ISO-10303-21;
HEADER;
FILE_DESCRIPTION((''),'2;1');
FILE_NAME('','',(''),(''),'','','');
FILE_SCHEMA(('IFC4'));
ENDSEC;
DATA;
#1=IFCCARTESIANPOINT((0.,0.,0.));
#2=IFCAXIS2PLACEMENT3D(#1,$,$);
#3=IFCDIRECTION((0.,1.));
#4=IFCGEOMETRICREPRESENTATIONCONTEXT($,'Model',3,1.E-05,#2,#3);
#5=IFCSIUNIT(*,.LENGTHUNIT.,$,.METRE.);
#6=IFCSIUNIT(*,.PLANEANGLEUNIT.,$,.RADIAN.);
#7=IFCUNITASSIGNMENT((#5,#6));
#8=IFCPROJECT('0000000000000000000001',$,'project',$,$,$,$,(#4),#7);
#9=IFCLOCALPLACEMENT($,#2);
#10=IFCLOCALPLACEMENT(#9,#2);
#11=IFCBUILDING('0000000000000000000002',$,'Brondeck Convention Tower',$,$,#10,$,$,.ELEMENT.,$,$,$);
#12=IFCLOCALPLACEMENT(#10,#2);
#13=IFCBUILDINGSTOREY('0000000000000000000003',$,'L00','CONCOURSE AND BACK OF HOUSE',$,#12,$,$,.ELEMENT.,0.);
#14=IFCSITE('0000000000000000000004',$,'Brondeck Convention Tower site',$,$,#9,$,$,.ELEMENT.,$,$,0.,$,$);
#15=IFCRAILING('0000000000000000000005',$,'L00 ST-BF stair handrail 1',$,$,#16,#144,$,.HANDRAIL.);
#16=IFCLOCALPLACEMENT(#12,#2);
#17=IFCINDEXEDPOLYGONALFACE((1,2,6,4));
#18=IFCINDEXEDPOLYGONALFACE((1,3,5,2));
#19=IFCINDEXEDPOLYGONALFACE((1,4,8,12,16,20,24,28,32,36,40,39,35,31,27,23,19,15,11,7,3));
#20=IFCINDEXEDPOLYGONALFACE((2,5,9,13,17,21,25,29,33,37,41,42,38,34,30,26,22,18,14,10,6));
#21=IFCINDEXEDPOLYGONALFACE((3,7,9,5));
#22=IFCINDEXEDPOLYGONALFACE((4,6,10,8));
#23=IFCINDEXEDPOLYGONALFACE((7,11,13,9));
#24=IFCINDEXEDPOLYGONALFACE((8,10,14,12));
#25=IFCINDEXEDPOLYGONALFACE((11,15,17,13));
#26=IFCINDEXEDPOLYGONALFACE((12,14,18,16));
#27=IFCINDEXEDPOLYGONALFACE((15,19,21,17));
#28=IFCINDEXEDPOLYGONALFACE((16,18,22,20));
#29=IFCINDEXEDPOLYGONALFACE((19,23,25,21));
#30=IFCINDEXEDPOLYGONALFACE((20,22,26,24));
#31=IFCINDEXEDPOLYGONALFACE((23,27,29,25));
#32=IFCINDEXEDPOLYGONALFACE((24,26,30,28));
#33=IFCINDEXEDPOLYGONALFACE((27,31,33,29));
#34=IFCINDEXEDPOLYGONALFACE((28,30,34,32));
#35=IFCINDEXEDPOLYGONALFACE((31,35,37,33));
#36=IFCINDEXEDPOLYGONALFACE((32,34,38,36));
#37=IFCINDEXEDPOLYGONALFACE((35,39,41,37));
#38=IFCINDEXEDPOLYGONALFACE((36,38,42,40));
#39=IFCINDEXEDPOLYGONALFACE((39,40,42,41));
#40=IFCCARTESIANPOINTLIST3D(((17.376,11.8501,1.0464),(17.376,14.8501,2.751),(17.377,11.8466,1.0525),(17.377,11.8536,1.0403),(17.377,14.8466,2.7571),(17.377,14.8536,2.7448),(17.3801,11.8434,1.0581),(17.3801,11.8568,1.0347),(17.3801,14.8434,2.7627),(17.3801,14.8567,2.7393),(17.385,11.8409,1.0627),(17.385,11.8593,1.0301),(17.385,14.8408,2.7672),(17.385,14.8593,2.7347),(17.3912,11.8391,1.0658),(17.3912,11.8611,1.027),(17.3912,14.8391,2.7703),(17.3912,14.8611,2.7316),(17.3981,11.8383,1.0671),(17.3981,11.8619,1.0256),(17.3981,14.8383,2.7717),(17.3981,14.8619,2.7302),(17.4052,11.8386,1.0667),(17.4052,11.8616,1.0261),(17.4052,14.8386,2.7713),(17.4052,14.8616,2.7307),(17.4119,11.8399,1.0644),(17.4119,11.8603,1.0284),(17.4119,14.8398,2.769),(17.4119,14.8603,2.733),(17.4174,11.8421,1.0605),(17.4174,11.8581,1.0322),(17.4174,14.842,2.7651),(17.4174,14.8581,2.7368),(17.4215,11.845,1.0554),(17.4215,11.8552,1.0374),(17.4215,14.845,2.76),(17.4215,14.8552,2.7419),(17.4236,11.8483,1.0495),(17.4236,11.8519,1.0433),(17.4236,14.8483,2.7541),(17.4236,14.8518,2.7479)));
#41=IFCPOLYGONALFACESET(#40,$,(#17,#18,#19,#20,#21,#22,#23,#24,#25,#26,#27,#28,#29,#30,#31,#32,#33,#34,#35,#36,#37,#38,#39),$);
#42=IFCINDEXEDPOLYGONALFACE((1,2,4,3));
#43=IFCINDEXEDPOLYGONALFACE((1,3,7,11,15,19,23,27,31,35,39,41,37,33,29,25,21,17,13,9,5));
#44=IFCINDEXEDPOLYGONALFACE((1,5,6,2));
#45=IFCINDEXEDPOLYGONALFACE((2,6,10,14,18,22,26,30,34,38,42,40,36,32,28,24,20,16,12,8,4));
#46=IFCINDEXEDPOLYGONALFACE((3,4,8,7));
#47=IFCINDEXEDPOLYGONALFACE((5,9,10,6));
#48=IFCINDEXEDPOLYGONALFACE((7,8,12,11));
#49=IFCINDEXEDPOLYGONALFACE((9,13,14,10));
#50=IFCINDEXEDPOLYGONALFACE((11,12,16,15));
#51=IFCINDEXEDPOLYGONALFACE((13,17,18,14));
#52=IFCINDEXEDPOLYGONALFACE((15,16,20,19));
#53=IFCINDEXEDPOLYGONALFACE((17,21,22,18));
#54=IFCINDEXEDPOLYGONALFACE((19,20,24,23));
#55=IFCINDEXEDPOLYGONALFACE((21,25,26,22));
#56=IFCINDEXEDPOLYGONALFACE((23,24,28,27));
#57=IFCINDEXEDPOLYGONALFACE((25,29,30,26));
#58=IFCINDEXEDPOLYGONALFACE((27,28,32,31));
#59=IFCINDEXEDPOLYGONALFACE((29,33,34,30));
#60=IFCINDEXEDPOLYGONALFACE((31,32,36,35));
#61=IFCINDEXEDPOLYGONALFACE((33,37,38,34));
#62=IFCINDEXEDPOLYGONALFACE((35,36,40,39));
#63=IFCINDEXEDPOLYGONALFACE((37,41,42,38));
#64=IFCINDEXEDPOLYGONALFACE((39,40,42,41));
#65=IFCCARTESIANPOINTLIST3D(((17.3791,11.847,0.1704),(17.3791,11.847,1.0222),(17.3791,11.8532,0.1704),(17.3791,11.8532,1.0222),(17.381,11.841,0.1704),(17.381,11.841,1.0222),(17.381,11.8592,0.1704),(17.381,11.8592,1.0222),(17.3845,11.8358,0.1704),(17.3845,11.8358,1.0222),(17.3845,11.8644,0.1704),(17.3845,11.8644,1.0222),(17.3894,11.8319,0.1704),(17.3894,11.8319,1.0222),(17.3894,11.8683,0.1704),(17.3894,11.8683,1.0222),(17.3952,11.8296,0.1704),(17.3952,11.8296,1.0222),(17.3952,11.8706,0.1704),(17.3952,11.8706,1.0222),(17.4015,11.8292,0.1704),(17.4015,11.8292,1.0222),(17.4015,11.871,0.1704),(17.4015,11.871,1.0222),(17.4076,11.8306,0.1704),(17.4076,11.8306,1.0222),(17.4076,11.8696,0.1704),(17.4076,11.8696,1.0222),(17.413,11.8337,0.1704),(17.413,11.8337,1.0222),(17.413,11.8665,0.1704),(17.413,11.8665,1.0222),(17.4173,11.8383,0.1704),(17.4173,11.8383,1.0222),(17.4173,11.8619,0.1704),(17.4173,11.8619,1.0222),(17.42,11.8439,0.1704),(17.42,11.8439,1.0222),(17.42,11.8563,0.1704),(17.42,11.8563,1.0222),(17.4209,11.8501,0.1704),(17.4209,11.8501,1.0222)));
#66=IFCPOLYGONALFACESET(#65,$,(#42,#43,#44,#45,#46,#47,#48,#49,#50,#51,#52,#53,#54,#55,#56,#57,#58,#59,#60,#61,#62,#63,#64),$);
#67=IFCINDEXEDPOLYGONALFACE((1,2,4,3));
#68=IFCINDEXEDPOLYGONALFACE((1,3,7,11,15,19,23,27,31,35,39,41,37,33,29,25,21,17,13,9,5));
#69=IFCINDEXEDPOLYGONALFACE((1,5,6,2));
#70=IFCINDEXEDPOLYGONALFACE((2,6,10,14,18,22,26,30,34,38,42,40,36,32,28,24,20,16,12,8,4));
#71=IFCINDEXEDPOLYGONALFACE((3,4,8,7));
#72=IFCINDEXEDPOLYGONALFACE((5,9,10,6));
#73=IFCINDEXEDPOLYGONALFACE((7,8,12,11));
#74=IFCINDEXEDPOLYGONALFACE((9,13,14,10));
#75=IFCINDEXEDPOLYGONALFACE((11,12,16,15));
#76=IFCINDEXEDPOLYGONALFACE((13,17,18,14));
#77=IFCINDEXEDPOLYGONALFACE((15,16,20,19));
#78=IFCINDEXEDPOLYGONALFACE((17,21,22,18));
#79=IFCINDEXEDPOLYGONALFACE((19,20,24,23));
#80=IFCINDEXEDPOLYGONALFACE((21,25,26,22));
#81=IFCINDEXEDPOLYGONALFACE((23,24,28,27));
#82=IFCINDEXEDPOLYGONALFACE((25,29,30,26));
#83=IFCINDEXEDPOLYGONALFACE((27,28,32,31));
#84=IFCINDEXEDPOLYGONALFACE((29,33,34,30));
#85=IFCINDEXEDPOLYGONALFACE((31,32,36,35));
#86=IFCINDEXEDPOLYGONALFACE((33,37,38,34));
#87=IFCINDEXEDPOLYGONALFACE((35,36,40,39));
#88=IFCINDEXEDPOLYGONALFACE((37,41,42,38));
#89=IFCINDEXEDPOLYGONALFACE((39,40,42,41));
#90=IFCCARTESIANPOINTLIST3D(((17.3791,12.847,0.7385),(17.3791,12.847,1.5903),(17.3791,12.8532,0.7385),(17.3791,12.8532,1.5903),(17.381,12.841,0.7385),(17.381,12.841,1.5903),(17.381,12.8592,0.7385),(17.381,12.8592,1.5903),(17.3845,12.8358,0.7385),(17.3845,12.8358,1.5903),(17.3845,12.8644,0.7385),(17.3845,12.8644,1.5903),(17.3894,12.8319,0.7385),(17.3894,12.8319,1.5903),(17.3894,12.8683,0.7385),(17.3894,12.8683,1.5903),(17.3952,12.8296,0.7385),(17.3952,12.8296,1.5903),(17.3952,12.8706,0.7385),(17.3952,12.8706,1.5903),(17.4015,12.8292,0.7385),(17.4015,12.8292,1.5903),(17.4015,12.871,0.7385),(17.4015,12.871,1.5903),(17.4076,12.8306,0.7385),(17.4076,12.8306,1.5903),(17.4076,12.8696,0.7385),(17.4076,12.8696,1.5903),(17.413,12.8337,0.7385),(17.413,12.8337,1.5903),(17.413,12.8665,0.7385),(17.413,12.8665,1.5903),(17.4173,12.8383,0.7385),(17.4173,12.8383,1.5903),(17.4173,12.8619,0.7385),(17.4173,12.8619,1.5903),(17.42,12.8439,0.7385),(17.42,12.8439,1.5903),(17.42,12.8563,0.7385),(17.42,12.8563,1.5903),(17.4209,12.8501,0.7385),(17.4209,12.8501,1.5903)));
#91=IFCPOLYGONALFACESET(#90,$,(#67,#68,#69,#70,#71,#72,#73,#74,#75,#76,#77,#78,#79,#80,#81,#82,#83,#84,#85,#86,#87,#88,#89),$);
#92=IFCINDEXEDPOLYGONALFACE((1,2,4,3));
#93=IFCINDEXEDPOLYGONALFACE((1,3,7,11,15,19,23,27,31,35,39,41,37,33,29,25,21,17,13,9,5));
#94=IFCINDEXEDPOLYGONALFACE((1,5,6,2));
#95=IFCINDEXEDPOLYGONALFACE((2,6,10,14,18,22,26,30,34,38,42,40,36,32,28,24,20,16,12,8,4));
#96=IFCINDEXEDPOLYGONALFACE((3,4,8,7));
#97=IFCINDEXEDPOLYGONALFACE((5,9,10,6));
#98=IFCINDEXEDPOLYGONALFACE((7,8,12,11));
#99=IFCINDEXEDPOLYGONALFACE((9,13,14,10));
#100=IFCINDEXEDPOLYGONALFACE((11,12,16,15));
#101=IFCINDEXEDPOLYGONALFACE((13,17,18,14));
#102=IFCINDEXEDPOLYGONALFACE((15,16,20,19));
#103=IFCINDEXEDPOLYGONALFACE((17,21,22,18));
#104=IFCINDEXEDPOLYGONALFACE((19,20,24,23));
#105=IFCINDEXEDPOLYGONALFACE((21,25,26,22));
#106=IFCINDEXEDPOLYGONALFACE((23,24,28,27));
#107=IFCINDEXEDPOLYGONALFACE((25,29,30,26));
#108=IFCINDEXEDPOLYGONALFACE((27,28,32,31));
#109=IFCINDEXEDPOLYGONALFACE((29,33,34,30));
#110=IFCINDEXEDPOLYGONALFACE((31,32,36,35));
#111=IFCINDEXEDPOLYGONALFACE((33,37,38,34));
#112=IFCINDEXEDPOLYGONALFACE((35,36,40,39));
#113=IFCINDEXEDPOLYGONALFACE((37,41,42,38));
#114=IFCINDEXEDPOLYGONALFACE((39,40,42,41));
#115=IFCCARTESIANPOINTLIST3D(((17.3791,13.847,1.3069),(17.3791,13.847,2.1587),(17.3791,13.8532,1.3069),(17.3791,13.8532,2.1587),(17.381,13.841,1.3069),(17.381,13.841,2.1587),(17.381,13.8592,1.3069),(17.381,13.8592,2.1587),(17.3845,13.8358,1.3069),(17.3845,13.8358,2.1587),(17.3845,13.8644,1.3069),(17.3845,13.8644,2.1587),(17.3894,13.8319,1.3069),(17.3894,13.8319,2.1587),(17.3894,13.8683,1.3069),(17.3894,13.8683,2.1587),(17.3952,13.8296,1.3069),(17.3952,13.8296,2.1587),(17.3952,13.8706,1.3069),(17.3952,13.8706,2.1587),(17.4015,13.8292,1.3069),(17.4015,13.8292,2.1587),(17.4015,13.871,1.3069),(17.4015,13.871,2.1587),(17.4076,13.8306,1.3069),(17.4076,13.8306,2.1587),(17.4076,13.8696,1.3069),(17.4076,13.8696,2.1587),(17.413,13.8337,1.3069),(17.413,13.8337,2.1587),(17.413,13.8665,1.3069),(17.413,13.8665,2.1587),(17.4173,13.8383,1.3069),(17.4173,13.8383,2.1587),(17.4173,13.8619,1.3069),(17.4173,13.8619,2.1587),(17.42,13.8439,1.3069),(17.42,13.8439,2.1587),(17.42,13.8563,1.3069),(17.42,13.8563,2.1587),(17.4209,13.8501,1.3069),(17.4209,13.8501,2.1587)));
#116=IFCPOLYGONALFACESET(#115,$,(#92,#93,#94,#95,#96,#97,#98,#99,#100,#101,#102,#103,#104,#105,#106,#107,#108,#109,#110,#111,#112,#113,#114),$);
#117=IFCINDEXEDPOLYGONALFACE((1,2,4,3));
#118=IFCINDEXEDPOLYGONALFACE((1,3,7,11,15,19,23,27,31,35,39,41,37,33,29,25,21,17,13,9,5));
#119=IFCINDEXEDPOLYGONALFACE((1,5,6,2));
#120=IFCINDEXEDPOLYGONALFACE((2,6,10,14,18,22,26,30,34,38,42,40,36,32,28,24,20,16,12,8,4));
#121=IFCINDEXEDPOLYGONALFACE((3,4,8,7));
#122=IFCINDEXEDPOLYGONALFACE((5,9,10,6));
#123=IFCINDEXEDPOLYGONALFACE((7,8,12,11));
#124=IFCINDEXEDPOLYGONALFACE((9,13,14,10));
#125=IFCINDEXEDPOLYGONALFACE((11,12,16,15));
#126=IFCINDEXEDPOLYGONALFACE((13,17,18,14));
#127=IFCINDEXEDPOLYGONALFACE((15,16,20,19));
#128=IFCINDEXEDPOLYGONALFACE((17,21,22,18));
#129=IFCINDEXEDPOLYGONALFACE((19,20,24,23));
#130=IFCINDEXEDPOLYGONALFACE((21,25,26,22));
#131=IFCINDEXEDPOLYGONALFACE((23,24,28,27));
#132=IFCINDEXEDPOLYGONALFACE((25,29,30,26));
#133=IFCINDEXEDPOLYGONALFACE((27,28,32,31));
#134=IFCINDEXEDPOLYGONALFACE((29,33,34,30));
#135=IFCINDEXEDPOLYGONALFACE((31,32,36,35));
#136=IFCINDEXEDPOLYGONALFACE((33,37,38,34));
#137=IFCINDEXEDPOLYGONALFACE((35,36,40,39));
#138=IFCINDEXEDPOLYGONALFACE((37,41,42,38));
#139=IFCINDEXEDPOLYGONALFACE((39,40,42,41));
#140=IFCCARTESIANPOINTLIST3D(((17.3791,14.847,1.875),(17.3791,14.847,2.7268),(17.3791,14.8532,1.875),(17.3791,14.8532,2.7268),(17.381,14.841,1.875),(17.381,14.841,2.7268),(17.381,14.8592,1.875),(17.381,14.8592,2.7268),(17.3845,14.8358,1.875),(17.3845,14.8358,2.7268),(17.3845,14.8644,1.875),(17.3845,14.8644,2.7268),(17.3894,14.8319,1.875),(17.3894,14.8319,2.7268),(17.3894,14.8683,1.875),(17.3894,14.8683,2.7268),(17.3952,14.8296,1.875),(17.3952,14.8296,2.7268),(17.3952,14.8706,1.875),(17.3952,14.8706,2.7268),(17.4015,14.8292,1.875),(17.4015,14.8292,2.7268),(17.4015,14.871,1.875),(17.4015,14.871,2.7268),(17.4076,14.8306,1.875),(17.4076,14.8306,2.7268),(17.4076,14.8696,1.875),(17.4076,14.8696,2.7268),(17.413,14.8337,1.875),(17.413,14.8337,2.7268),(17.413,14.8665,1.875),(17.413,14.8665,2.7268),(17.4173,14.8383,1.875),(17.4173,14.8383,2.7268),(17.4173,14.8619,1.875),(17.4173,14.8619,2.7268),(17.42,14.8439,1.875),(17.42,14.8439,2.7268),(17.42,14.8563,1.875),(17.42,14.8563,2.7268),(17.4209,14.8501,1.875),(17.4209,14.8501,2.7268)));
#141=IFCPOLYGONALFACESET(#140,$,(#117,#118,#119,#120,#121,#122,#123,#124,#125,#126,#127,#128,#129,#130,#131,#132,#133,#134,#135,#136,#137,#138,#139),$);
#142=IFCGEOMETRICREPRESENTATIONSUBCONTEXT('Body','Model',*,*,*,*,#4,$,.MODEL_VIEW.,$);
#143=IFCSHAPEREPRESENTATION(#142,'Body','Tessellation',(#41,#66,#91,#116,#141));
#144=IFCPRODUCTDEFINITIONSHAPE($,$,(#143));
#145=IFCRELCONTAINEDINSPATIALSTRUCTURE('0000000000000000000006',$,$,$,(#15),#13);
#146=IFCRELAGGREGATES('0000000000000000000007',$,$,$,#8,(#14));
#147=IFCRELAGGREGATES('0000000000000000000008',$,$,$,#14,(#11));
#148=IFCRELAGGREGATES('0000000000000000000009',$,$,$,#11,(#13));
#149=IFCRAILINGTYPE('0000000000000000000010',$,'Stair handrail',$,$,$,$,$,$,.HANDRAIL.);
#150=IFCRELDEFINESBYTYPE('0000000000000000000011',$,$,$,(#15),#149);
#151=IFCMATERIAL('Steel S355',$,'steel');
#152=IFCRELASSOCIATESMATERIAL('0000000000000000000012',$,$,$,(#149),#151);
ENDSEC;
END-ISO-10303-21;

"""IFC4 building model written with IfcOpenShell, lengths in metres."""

from ifc_helpers import new_model, si_unit, direction, frame, origin, origin_2d, place, context, subcontext, project, spatial, circle, extrude, material, type_object, element, save


model = new_model("IFC4")

# Units and contexts
model_context = context("Model", 3, precision=1e-05, world=origin(), true_north=direction((0.0, 1.0)))
body_context = subcontext(model_context, "Body", "Model", "MODEL_VIEW")
ifc_project = project(units=[si_unit("LENGTHUNIT", "METRE"), si_unit("PLANEANGLEUNIT", "RADIAN")], contexts=[model_context])

# Site, building, storey
site_placement = place(None, origin())
site = spatial("IfcSite", under=ifc_project, at=site_placement, Name="Brondeck Convention Tower site", CompositionType="ELEMENT", RefElevation=0.0)
building_placement = place(site_placement, origin())
building = spatial("IfcBuilding", under=site, at=building_placement, Name="Brondeck Convention Tower", CompositionType="ELEMENT")
storey_placement = place(building_placement, origin())
storey = spatial("IfcBuildingStorey", under=building, at=storey_placement, Name="L00", Description="CONCOURSE AND BACK OF HOUSE", CompositionType="ELEMENT", Elevation=0.0)

# Shared definitions
ifc_material_1 = material(Name="Steel S355", Category="steel")

# Railing
railing_type_1 = type_object("IfcRailingType", Name="Stair handrail", PredefinedType="HANDRAIL", material=ifc_material_1)
for number, where, name in (
    (1, (17.3999, 11.8501, 0.1704), "L00 ST-BF stair handrail 1"),
):
    element("IfcRailing", number, at=place(storey_placement, frame(where)), inside=storey, type_object=railing_type_1, Name=name, PredefinedType="HANDRAIL", context=body_context, shape_type="SweptSolid", body=[
        extrude(circle(Radius=0.0239, at=origin_2d()), frame((0.0, 0.0, 0.876), z_axis=(0.0, 0.869451, 0.494019), x_axis=(-1.0, 0.0, 0.0)), (0.0, 0.0, 1.0), 3.4504),
        extrude(circle(Radius=0.021, at=origin_2d()), origin(), (0.0, 0.0, 1.0), 0.8518),
        extrude(circle(Radius=0.021, at=origin_2d()), frame((0.0, 1.0, 0.5681)), (0.0, 0.0, 1.0), 0.8518),
        extrude(circle(Radius=0.021, at=origin_2d()), frame((0.0, 2.0, 1.1365)), (0.0, 0.0, 1.0), 0.8518),
        extrude(circle(Radius=0.021, at=origin_2d()), frame((0.0, 3.0, 1.7046)), (0.0, 0.0, 1.0), 0.8518),
    ])

save(model, "model.ifc")
